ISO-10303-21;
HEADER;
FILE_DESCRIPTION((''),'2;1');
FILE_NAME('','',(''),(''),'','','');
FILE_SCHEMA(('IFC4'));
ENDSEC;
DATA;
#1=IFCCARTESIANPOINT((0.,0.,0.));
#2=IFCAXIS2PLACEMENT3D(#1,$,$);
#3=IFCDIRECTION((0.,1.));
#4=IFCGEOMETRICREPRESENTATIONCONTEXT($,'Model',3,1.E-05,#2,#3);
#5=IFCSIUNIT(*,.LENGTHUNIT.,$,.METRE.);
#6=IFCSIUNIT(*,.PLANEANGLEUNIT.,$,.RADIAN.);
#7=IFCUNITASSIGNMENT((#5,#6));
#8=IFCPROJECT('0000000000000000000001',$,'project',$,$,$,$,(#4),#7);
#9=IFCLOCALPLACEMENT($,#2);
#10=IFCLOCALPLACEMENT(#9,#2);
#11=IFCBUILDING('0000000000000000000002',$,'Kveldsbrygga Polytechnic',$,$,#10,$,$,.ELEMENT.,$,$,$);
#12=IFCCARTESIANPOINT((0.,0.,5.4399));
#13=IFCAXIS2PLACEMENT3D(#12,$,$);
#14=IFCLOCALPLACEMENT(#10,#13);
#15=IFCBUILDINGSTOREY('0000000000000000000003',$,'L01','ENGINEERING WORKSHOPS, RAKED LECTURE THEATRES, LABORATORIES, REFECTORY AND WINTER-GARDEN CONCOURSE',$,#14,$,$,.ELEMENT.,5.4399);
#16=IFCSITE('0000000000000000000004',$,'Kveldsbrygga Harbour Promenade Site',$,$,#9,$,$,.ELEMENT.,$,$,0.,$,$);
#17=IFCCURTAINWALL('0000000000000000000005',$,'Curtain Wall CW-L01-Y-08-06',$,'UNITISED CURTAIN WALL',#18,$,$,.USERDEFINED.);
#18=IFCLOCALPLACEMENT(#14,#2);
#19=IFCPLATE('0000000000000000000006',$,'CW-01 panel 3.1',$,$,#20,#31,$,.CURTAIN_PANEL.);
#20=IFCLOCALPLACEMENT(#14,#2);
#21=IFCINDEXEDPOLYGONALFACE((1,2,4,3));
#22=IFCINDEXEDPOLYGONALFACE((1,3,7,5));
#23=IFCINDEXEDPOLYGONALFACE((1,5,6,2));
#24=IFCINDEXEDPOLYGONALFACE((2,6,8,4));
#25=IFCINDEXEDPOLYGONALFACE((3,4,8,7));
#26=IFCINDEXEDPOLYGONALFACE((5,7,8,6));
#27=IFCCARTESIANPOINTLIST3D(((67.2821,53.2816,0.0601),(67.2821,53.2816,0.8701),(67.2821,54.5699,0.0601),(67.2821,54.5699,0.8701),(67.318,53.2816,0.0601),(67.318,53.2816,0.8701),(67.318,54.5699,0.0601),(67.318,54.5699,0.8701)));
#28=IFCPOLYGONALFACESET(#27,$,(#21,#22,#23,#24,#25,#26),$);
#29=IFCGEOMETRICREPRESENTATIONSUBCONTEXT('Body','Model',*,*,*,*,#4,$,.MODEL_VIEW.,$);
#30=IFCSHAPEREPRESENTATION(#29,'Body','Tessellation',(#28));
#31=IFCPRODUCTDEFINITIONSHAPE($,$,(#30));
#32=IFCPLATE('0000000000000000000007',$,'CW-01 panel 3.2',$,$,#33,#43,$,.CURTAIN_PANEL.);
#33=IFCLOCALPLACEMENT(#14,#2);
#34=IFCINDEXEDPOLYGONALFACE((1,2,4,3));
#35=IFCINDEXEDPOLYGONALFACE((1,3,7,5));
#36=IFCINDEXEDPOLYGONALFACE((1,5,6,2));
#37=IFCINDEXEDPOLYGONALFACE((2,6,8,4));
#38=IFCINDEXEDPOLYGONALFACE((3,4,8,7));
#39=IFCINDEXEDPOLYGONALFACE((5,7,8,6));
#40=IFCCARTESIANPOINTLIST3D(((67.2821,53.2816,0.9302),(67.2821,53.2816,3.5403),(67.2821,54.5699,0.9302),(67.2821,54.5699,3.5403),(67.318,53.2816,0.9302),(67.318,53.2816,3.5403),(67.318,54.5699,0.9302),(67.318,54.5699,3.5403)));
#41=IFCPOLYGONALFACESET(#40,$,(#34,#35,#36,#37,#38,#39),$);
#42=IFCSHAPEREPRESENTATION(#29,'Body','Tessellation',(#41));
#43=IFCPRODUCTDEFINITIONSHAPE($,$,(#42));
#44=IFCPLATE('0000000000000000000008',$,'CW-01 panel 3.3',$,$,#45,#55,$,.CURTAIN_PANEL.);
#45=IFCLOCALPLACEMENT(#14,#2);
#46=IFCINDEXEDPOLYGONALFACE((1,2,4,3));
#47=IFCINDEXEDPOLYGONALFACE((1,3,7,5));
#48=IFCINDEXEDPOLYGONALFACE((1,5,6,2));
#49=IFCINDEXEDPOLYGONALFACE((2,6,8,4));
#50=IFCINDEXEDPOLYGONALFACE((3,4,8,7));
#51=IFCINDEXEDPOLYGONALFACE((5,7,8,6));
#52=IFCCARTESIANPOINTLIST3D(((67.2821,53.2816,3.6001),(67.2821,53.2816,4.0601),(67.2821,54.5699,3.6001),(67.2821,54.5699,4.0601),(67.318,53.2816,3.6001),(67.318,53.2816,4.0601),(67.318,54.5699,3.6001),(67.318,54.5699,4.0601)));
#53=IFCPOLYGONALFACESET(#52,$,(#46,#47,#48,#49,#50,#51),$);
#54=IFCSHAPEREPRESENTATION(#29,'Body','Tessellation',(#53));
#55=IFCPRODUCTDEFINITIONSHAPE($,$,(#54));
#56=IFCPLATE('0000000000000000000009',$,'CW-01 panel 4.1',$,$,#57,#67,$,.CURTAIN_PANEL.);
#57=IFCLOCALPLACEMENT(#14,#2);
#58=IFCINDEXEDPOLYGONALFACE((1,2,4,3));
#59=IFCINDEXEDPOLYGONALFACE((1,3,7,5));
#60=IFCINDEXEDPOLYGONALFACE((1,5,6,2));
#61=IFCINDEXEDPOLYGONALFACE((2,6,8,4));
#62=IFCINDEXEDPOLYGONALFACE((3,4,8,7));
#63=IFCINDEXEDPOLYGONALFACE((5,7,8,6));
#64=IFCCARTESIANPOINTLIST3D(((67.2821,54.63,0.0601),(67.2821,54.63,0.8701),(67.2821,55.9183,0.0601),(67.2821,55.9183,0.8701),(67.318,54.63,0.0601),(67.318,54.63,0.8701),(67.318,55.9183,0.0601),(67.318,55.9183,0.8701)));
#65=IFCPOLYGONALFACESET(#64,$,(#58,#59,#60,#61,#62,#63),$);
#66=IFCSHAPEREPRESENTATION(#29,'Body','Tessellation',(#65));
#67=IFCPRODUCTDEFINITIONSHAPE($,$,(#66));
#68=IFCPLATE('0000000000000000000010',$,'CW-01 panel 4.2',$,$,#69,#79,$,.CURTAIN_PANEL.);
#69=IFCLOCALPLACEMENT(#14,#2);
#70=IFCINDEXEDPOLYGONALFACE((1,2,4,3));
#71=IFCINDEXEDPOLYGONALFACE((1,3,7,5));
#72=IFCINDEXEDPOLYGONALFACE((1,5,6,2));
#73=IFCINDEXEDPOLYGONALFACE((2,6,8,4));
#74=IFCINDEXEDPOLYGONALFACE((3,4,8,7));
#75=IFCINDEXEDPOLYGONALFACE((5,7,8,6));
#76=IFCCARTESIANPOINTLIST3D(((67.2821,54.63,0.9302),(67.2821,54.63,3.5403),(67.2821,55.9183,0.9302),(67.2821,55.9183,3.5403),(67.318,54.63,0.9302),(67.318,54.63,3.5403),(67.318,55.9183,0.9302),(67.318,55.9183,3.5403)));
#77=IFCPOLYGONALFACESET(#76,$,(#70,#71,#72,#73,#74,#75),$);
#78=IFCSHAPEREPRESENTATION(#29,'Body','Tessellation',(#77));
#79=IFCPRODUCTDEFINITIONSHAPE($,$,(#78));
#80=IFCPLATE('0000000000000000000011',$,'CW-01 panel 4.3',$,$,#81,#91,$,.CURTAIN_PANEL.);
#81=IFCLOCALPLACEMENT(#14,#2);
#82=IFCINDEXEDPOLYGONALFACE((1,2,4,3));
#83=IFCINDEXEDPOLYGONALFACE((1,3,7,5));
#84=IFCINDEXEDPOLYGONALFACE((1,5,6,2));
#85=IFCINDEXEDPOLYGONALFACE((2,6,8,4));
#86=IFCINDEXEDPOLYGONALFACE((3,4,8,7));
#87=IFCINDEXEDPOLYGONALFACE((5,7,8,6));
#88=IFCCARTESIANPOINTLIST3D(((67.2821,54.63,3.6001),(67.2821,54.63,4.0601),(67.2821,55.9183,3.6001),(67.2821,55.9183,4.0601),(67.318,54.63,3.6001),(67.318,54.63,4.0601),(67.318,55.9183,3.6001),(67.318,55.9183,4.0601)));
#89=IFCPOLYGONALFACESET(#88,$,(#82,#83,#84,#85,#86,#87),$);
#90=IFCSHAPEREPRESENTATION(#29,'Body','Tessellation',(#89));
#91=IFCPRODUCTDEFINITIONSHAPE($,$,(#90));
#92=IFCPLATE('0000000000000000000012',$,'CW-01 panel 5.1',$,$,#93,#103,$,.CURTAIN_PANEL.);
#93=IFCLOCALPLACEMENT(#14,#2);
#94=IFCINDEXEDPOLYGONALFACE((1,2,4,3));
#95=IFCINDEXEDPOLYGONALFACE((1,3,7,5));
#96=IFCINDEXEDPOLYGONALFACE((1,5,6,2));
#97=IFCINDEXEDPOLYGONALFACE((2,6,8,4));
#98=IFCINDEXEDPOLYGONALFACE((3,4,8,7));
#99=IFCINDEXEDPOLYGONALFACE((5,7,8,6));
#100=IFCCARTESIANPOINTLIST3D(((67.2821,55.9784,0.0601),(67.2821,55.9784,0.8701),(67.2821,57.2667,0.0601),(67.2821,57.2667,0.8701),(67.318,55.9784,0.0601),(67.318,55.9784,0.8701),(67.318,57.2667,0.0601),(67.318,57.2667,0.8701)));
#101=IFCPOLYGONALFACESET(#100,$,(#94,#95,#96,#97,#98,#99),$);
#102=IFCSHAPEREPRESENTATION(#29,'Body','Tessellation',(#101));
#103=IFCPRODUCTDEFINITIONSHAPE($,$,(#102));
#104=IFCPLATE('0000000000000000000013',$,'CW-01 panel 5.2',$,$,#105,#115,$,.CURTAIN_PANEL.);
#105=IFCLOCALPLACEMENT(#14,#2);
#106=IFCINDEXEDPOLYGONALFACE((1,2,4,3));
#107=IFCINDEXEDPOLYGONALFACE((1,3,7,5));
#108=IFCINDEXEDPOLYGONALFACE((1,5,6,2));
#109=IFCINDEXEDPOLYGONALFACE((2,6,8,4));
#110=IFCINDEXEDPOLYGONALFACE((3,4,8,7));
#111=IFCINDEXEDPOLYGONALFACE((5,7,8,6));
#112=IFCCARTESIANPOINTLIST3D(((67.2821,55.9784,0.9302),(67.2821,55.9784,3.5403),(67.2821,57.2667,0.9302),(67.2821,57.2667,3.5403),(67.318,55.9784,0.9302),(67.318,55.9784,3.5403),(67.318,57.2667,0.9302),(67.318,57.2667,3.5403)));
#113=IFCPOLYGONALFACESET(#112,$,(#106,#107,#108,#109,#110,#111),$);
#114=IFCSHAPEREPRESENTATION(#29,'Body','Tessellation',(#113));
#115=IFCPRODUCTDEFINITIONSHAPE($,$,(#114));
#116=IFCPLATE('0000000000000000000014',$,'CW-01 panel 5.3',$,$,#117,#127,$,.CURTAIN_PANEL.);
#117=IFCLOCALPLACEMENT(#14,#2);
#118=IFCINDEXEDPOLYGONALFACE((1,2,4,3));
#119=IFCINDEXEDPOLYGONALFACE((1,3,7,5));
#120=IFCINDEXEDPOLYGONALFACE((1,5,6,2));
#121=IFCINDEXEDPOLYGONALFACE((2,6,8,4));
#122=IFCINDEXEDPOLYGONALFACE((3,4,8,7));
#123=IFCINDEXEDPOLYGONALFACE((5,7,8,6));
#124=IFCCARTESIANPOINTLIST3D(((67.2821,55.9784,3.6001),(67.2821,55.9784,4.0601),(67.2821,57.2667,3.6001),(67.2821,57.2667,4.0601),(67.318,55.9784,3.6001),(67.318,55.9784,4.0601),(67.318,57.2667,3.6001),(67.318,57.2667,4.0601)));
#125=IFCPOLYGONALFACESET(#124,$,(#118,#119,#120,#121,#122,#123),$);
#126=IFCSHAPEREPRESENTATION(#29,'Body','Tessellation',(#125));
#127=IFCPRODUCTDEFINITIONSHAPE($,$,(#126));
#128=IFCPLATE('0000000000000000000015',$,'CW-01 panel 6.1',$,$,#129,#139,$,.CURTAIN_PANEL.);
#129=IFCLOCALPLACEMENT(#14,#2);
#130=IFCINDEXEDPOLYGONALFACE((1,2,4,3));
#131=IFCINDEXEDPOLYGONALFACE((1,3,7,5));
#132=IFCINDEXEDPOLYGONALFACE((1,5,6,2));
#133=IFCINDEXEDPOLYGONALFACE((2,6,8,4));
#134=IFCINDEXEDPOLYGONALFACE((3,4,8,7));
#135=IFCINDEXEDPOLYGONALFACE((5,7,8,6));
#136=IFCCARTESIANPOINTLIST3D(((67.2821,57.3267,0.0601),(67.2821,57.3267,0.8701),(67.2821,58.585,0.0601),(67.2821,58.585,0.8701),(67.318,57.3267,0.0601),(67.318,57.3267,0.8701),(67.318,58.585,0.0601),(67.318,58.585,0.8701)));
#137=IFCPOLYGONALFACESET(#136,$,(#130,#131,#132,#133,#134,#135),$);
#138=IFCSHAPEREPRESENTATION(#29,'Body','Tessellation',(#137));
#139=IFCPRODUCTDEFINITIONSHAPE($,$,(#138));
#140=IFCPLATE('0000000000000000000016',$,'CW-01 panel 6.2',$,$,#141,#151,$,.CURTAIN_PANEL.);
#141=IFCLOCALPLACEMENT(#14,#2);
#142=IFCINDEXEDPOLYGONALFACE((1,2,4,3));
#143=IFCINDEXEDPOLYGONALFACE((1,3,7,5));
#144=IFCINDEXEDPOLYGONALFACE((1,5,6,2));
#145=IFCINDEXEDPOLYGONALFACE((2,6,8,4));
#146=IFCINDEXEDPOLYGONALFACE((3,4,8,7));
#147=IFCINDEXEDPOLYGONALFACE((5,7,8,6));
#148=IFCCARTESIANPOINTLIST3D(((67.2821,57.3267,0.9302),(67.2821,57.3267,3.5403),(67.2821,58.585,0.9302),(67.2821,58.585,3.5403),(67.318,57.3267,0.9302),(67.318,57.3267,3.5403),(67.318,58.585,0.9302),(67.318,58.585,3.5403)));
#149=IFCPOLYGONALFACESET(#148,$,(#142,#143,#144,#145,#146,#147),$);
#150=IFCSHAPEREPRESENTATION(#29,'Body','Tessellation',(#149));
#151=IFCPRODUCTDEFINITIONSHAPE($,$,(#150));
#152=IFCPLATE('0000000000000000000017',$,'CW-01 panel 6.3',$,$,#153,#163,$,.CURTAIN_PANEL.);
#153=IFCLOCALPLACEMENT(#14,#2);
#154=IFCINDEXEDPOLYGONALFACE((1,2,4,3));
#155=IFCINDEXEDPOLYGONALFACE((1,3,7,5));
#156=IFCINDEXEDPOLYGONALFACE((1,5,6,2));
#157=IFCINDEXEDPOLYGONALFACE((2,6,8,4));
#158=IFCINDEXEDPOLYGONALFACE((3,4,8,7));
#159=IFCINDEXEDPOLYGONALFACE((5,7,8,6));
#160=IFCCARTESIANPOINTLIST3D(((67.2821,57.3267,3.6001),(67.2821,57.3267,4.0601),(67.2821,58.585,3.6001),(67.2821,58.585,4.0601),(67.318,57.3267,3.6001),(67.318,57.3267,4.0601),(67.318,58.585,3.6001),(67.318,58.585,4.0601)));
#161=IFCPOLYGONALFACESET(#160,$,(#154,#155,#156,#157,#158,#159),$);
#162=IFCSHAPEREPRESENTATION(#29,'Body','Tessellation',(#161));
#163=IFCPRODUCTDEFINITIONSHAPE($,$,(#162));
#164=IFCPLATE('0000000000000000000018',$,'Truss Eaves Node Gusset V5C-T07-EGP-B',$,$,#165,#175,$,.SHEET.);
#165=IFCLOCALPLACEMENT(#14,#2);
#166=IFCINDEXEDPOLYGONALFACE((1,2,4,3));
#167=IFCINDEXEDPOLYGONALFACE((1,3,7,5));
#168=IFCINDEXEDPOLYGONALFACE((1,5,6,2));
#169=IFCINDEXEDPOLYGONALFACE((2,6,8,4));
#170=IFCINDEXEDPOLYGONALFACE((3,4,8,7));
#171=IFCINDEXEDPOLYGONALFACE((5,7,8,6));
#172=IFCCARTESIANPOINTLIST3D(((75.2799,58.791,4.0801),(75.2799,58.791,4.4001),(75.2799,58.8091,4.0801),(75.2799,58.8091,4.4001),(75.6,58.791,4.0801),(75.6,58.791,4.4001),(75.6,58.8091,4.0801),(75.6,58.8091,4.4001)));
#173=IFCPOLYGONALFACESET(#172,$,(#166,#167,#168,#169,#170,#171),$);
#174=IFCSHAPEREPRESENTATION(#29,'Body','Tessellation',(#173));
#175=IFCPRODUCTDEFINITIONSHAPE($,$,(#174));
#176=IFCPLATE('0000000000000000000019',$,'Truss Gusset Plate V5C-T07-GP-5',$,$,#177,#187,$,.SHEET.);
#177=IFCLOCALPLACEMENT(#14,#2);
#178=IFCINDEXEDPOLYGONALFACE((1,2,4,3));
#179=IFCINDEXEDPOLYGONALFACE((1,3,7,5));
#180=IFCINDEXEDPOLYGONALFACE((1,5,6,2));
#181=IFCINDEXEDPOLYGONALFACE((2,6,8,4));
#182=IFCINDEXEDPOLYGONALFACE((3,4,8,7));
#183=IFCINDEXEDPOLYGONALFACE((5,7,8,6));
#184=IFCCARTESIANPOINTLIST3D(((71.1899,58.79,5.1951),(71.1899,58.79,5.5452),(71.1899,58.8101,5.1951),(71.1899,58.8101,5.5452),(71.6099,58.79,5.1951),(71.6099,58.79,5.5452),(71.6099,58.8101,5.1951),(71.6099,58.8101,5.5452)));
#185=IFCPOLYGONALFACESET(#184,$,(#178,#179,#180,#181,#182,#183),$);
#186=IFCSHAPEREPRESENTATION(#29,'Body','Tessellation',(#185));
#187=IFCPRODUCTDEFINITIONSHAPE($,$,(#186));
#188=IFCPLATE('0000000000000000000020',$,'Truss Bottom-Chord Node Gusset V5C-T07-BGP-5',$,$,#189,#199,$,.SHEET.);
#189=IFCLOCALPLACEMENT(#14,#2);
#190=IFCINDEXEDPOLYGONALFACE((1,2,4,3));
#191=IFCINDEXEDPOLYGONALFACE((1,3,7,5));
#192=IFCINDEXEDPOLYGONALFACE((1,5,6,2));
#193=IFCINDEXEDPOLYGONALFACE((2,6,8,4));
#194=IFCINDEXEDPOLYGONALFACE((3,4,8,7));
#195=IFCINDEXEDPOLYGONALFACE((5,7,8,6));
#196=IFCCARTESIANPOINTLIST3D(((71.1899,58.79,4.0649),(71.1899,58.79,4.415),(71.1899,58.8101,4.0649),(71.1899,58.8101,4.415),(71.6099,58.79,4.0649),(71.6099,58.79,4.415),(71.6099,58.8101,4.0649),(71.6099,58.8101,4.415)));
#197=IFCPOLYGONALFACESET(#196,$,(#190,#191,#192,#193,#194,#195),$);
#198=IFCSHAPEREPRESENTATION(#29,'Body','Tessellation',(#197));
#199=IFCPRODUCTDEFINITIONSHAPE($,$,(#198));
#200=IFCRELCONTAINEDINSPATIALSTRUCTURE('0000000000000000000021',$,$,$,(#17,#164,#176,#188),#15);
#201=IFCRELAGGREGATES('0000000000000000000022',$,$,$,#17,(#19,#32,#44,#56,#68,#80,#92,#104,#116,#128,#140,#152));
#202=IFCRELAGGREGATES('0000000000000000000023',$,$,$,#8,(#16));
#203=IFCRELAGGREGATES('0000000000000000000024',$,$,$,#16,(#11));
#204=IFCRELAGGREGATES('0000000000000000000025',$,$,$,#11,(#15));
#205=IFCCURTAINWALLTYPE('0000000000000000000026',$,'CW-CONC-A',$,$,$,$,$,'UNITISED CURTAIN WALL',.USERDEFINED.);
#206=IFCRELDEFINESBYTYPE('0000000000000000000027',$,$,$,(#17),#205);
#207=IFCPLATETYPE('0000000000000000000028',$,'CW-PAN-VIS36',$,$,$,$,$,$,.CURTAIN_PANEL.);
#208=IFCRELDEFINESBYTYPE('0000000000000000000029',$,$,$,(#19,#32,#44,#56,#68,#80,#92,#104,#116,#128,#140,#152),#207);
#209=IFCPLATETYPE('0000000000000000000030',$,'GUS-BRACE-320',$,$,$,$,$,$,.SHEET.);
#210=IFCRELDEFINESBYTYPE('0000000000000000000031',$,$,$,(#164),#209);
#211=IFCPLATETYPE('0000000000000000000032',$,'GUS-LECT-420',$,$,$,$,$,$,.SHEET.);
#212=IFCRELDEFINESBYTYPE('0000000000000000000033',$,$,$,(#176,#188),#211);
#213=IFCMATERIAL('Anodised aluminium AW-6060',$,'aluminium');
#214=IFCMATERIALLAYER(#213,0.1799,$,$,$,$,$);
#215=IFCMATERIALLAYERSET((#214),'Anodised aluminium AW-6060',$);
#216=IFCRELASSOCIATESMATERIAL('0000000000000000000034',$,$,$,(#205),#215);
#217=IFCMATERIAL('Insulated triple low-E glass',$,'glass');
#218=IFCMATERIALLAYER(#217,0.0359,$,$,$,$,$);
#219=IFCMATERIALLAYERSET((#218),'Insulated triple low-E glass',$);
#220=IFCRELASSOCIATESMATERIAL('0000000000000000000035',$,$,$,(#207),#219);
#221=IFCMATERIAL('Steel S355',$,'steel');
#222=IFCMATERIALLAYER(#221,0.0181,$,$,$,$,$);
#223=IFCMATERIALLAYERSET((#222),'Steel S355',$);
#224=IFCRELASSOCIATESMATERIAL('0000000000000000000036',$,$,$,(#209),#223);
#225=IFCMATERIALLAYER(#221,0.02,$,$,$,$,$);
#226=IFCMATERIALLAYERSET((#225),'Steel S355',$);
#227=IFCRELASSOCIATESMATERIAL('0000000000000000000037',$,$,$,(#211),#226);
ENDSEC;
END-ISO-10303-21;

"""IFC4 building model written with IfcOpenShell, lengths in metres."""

from ifc_helpers import new_model, si_unit, direction, frame, origin, origin_2d, place, context, subcontext, project, spatial, rectangle, extrude, material, layer, layer_set, type_object, element, aggregate, save


model = new_model("IFC4")

# Units and contexts
model_context = context("Model", 3, precision=1e-05, world=origin(), true_north=direction((0.0, 1.0)))
body_context = subcontext(model_context, "Body", "Model", "MODEL_VIEW")
ifc_project = project(units=[si_unit("LENGTHUNIT", "METRE"), si_unit("PLANEANGLEUNIT", "RADIAN")], contexts=[model_context])

# Site, building, storey
site_placement = place(None, origin())
site = spatial("IfcSite", under=ifc_project, at=site_placement, Name="Kveldsbrygga Harbour Promenade Site", CompositionType="ELEMENT", RefElevation=0.0)
building_placement = place(site_placement, origin())
building = spatial("IfcBuilding", under=site, at=building_placement, Name="Kveldsbrygga Polytechnic", CompositionType="ELEMENT")
storey_placement = place(building_placement, frame((0.0, 0.0, 5.4399)))
storey = spatial("IfcBuildingStorey", under=building, at=storey_placement, Name="L01", Description="ENGINEERING WORKSHOPS, RAKED LECTURE THEATRES, LABORATORIES, REFECTORY AND WINTER-GARDEN CONCOURSE", CompositionType="ELEMENT", Elevation=5.4399)

# Curtain wall
ifc_material_1 = material(Name="Anodised aluminium AW-6060", Category="aluminium")
ifc_layer_1 = layer(ifc_material_1, 0.1799)
ifc_layer_set_1 = layer_set([ifc_layer_1], Name="Anodised aluminium AW-6060")
curtain_wall_type = type_object("IfcCurtainWallType", Name="CW-CONC-A", ElementType="UNITISED CURTAIN WALL", PredefinedType="USERDEFINED", material=ifc_layer_set_1)
curtain_wall_placement = place(storey_placement, origin())
curtain_wall = element("IfcCurtainWall", 1, at=curtain_wall_placement, inside=storey, type_object=curtain_wall_type, Name="Curtain Wall CW-L01-Y-08-06", ObjectType="UNITISED CURTAIN WALL", PredefinedType="USERDEFINED")

# Shared definitions
ifc_material_2 = material(Name="Steel S355", Category="steel")

# Plates
ifc_material_3 = material(Name="Insulated triple low-E glass", Category="glass")
ifc_layer_2 = layer(ifc_material_3, 0.0359)
ifc_layer_set_2 = layer_set([ifc_layer_2], Name="Insulated triple low-E glass")
plate_type_1 = type_object("IfcPlateType", Name="CW-PAN-VIS36", PredefinedType="CURTAIN_PANEL", material=ifc_layer_set_2)
plate_1_placement = place(storey_placement, frame((67.3, 53.9258, 0.0601), z_axis=(0.0, 0.0, 1.0), x_axis=(0.0, 1.0, 0.0)))
plate_1 = element("IfcPlate", 2, at=plate_1_placement, type_object=plate_type_1, Name="CW-01 panel 3.1", PredefinedType="CURTAIN_PANEL", context=body_context, shape_type="SweptSolid", body=[
    extrude(rectangle(XDim=1.2883, YDim=0.0359, at=origin_2d()), origin(), (0.0, 0.0, 1.0), 0.8101),
])
plate_2_placement = place(storey_placement, frame((67.3, 53.9258, 0.9302), z_axis=(0.0, 0.0, 1.0), x_axis=(0.0, 1.0, 0.0)))
plate_2 = element("IfcPlate", 3, at=plate_2_placement, type_object=plate_type_1, Name="CW-01 panel 3.2", PredefinedType="CURTAIN_PANEL", context=body_context, shape_type="SweptSolid", body=[
    extrude(rectangle(XDim=1.2883, YDim=0.0359, at=origin_2d()), origin(), (0.0, 0.0, 1.0), 2.6101),
])
plate_3_placement = place(storey_placement, frame((67.3, 53.9258, 3.6001), z_axis=(0.0, 0.0, 1.0), x_axis=(0.0, 1.0, 0.0)))
plate_3 = element("IfcPlate", 4, at=plate_3_placement, type_object=plate_type_1, Name="CW-01 panel 3.3", PredefinedType="CURTAIN_PANEL", context=body_context, shape_type="SweptSolid", body=[
    extrude(rectangle(XDim=1.2883, YDim=0.0359, at=origin_2d()), origin(), (0.0, 0.0, 1.0), 0.46),
])
plate_4_placement = place(storey_placement, frame((67.3, 55.2742, 0.0601), z_axis=(0.0, 0.0, 1.0), x_axis=(0.0, 1.0, 0.0)))
plate_4 = element("IfcPlate", 5, at=plate_4_placement, type_object=plate_type_1, Name="CW-01 panel 4.1", PredefinedType="CURTAIN_PANEL", context=body_context, shape_type="SweptSolid", body=[
    extrude(rectangle(XDim=1.2883, YDim=0.0359, at=origin_2d()), origin(), (0.0, 0.0, 1.0), 0.8101),
])
plate_5_placement = place(storey_placement, frame((67.3, 55.2742, 0.9302), z_axis=(0.0, 0.0, 1.0), x_axis=(0.0, 1.0, 0.0)))
plate_5 = element("IfcPlate", 6, at=plate_5_placement, type_object=plate_type_1, Name="CW-01 panel 4.2", PredefinedType="CURTAIN_PANEL", context=body_context, shape_type="SweptSolid", body=[
    extrude(rectangle(XDim=1.2883, YDim=0.0359, at=origin_2d()), origin(), (0.0, 0.0, 1.0), 2.6101),
])
plate_6_placement = place(storey_placement, frame((67.3, 55.2742, 3.6001), z_axis=(0.0, 0.0, 1.0), x_axis=(0.0, 1.0, 0.0)))
plate_6 = element("IfcPlate", 7, at=plate_6_placement, type_object=plate_type_1, Name="CW-01 panel 4.3", PredefinedType="CURTAIN_PANEL", context=body_context, shape_type="SweptSolid", body=[
    extrude(rectangle(XDim=1.2883, YDim=0.0359, at=origin_2d()), origin(), (0.0, 0.0, 1.0), 0.46),
])
plate_7_placement = place(storey_placement, frame((67.3, 56.6226, 0.0601), z_axis=(0.0, 0.0, 1.0), x_axis=(0.0, 1.0, 0.0)))
plate_7 = element("IfcPlate", 8, at=plate_7_placement, type_object=plate_type_1, Name="CW-01 panel 5.1", PredefinedType="CURTAIN_PANEL", context=body_context, shape_type="SweptSolid", body=[
    extrude(rectangle(XDim=1.2883, YDim=0.0359, at=origin_2d()), origin(), (0.0, 0.0, 1.0), 0.8101),
])
plate_8_placement = place(storey_placement, frame((67.3, 56.6226, 0.9302), z_axis=(0.0, 0.0, 1.0), x_axis=(0.0, 1.0, 0.0)))
plate_8 = element("IfcPlate", 9, at=plate_8_placement, type_object=plate_type_1, Name="CW-01 panel 5.2", PredefinedType="CURTAIN_PANEL", context=body_context, shape_type="SweptSolid", body=[
    extrude(rectangle(XDim=1.2883, YDim=0.0359, at=origin_2d()), origin(), (0.0, 0.0, 1.0), 2.6101),
])
plate_9_placement = place(storey_placement, frame((67.3, 56.6226, 3.6001), z_axis=(0.0, 0.0, 1.0), x_axis=(0.0, 1.0, 0.0)))
plate_9 = element("IfcPlate", 10, at=plate_9_placement, type_object=plate_type_1, Name="CW-01 panel 5.3", PredefinedType="CURTAIN_PANEL", context=body_context, shape_type="SweptSolid", body=[
    extrude(rectangle(XDim=1.2883, YDim=0.0359, at=origin_2d()), origin(), (0.0, 0.0, 1.0), 0.46),
])
plate_10_placement = place(storey_placement, frame((67.3, 57.9558, 0.0601), z_axis=(0.0, 0.0, 1.0), x_axis=(0.0, 1.0, 0.0)))
plate_10 = element("IfcPlate", 11, at=plate_10_placement, type_object=plate_type_1, Name="CW-01 panel 6.1", PredefinedType="CURTAIN_PANEL", context=body_context, shape_type="SweptSolid", body=[
    extrude(rectangle(XDim=1.2583, YDim=0.0359, at=origin_2d()), origin(), (0.0, 0.0, 1.0), 0.8101),
])
plate_11_placement = place(storey_placement, frame((67.3, 57.9558, 0.9302), z_axis=(0.0, 0.0, 1.0), x_axis=(0.0, 1.0, 0.0)))
plate_11 = element("IfcPlate", 12, at=plate_11_placement, type_object=plate_type_1, Name="CW-01 panel 6.2", PredefinedType="CURTAIN_PANEL", context=body_context, shape_type="SweptSolid", body=[
    extrude(rectangle(XDim=1.2583, YDim=0.0359, at=origin_2d()), origin(), (0.0, 0.0, 1.0), 2.6101),
])
plate_12_placement = place(storey_placement, frame((67.3, 57.9558, 3.6001), z_axis=(0.0, 0.0, 1.0), x_axis=(0.0, 1.0, 0.0)))
plate_12 = element("IfcPlate", 13, at=plate_12_placement, type_object=plate_type_1, Name="CW-01 panel 6.3", PredefinedType="CURTAIN_PANEL", context=body_context, shape_type="SweptSolid", body=[
    extrude(rectangle(XDim=1.2583, YDim=0.0359, at=origin_2d()), origin(), (0.0, 0.0, 1.0), 0.46),
])
aggregate(curtain_wall, [plate_1, plate_2, plate_3, plate_4, plate_5, plate_6, plate_7, plate_8, plate_9, plate_10, plate_11, plate_12])

# Plates
ifc_layer_3 = layer(ifc_material_2, 0.0181)
ifc_layer_set_3 = layer_set([ifc_layer_3], Name="Steel S355")
plate_type_2 = type_object("IfcPlateType", Name="GUS-BRACE-320", PredefinedType="SHEET", material=ifc_layer_set_3)
plate_13_placement = place(storey_placement, frame((75.4399, 58.8, 4.0801), z_axis=(0.0, 0.0, 1.0), x_axis=(1.0, 0.0, 0.0)))
element("IfcPlate", 14, at=plate_13_placement, inside=storey, type_object=plate_type_2, Name="Truss Eaves Node Gusset V5C-T07-EGP-B", PredefinedType="SHEET", context=body_context, shape_type="SweptSolid", body=[
    extrude(rectangle(XDim=0.3201, YDim=0.0181, at=origin_2d()), origin(), (0.0, 0.0, 1.0), 0.3201),
])
ifc_layer_4 = layer(ifc_material_2, 0.02)
ifc_layer_set_4 = layer_set([ifc_layer_4], Name="Steel S355")
plate_type_3 = type_object("IfcPlateType", Name="GUS-LECT-420", PredefinedType="SHEET", material=ifc_layer_set_4)
for number, where, z_axis, x_axis, name in (
    (15, (71.3999, 58.8, 5.1951), (0.0, 0.0, 1.0), (1.0, 0.0, 0.0), "Truss Gusset Plate V5C-T07-GP-5"),
    (16, (71.3999, 58.8, 4.0649), (0.0, 0.0, 1.0), (1.0, 0.0, 0.0), "Truss Bottom-Chord Node Gusset V5C-T07-BGP-5"),
):
    element("IfcPlate", number, at=place(storey_placement, frame(where, z_axis=z_axis, x_axis=x_axis)), inside=storey, type_object=plate_type_3, Name=name, PredefinedType="SHEET", context=body_context, shape_type="SweptSolid", body=[
        extrude(rectangle(XDim=0.4199, YDim=0.02, at=origin_2d()), origin(), (0.0, 0.0, 1.0), 0.3501),
    ])

save(model, "model.ifc")
